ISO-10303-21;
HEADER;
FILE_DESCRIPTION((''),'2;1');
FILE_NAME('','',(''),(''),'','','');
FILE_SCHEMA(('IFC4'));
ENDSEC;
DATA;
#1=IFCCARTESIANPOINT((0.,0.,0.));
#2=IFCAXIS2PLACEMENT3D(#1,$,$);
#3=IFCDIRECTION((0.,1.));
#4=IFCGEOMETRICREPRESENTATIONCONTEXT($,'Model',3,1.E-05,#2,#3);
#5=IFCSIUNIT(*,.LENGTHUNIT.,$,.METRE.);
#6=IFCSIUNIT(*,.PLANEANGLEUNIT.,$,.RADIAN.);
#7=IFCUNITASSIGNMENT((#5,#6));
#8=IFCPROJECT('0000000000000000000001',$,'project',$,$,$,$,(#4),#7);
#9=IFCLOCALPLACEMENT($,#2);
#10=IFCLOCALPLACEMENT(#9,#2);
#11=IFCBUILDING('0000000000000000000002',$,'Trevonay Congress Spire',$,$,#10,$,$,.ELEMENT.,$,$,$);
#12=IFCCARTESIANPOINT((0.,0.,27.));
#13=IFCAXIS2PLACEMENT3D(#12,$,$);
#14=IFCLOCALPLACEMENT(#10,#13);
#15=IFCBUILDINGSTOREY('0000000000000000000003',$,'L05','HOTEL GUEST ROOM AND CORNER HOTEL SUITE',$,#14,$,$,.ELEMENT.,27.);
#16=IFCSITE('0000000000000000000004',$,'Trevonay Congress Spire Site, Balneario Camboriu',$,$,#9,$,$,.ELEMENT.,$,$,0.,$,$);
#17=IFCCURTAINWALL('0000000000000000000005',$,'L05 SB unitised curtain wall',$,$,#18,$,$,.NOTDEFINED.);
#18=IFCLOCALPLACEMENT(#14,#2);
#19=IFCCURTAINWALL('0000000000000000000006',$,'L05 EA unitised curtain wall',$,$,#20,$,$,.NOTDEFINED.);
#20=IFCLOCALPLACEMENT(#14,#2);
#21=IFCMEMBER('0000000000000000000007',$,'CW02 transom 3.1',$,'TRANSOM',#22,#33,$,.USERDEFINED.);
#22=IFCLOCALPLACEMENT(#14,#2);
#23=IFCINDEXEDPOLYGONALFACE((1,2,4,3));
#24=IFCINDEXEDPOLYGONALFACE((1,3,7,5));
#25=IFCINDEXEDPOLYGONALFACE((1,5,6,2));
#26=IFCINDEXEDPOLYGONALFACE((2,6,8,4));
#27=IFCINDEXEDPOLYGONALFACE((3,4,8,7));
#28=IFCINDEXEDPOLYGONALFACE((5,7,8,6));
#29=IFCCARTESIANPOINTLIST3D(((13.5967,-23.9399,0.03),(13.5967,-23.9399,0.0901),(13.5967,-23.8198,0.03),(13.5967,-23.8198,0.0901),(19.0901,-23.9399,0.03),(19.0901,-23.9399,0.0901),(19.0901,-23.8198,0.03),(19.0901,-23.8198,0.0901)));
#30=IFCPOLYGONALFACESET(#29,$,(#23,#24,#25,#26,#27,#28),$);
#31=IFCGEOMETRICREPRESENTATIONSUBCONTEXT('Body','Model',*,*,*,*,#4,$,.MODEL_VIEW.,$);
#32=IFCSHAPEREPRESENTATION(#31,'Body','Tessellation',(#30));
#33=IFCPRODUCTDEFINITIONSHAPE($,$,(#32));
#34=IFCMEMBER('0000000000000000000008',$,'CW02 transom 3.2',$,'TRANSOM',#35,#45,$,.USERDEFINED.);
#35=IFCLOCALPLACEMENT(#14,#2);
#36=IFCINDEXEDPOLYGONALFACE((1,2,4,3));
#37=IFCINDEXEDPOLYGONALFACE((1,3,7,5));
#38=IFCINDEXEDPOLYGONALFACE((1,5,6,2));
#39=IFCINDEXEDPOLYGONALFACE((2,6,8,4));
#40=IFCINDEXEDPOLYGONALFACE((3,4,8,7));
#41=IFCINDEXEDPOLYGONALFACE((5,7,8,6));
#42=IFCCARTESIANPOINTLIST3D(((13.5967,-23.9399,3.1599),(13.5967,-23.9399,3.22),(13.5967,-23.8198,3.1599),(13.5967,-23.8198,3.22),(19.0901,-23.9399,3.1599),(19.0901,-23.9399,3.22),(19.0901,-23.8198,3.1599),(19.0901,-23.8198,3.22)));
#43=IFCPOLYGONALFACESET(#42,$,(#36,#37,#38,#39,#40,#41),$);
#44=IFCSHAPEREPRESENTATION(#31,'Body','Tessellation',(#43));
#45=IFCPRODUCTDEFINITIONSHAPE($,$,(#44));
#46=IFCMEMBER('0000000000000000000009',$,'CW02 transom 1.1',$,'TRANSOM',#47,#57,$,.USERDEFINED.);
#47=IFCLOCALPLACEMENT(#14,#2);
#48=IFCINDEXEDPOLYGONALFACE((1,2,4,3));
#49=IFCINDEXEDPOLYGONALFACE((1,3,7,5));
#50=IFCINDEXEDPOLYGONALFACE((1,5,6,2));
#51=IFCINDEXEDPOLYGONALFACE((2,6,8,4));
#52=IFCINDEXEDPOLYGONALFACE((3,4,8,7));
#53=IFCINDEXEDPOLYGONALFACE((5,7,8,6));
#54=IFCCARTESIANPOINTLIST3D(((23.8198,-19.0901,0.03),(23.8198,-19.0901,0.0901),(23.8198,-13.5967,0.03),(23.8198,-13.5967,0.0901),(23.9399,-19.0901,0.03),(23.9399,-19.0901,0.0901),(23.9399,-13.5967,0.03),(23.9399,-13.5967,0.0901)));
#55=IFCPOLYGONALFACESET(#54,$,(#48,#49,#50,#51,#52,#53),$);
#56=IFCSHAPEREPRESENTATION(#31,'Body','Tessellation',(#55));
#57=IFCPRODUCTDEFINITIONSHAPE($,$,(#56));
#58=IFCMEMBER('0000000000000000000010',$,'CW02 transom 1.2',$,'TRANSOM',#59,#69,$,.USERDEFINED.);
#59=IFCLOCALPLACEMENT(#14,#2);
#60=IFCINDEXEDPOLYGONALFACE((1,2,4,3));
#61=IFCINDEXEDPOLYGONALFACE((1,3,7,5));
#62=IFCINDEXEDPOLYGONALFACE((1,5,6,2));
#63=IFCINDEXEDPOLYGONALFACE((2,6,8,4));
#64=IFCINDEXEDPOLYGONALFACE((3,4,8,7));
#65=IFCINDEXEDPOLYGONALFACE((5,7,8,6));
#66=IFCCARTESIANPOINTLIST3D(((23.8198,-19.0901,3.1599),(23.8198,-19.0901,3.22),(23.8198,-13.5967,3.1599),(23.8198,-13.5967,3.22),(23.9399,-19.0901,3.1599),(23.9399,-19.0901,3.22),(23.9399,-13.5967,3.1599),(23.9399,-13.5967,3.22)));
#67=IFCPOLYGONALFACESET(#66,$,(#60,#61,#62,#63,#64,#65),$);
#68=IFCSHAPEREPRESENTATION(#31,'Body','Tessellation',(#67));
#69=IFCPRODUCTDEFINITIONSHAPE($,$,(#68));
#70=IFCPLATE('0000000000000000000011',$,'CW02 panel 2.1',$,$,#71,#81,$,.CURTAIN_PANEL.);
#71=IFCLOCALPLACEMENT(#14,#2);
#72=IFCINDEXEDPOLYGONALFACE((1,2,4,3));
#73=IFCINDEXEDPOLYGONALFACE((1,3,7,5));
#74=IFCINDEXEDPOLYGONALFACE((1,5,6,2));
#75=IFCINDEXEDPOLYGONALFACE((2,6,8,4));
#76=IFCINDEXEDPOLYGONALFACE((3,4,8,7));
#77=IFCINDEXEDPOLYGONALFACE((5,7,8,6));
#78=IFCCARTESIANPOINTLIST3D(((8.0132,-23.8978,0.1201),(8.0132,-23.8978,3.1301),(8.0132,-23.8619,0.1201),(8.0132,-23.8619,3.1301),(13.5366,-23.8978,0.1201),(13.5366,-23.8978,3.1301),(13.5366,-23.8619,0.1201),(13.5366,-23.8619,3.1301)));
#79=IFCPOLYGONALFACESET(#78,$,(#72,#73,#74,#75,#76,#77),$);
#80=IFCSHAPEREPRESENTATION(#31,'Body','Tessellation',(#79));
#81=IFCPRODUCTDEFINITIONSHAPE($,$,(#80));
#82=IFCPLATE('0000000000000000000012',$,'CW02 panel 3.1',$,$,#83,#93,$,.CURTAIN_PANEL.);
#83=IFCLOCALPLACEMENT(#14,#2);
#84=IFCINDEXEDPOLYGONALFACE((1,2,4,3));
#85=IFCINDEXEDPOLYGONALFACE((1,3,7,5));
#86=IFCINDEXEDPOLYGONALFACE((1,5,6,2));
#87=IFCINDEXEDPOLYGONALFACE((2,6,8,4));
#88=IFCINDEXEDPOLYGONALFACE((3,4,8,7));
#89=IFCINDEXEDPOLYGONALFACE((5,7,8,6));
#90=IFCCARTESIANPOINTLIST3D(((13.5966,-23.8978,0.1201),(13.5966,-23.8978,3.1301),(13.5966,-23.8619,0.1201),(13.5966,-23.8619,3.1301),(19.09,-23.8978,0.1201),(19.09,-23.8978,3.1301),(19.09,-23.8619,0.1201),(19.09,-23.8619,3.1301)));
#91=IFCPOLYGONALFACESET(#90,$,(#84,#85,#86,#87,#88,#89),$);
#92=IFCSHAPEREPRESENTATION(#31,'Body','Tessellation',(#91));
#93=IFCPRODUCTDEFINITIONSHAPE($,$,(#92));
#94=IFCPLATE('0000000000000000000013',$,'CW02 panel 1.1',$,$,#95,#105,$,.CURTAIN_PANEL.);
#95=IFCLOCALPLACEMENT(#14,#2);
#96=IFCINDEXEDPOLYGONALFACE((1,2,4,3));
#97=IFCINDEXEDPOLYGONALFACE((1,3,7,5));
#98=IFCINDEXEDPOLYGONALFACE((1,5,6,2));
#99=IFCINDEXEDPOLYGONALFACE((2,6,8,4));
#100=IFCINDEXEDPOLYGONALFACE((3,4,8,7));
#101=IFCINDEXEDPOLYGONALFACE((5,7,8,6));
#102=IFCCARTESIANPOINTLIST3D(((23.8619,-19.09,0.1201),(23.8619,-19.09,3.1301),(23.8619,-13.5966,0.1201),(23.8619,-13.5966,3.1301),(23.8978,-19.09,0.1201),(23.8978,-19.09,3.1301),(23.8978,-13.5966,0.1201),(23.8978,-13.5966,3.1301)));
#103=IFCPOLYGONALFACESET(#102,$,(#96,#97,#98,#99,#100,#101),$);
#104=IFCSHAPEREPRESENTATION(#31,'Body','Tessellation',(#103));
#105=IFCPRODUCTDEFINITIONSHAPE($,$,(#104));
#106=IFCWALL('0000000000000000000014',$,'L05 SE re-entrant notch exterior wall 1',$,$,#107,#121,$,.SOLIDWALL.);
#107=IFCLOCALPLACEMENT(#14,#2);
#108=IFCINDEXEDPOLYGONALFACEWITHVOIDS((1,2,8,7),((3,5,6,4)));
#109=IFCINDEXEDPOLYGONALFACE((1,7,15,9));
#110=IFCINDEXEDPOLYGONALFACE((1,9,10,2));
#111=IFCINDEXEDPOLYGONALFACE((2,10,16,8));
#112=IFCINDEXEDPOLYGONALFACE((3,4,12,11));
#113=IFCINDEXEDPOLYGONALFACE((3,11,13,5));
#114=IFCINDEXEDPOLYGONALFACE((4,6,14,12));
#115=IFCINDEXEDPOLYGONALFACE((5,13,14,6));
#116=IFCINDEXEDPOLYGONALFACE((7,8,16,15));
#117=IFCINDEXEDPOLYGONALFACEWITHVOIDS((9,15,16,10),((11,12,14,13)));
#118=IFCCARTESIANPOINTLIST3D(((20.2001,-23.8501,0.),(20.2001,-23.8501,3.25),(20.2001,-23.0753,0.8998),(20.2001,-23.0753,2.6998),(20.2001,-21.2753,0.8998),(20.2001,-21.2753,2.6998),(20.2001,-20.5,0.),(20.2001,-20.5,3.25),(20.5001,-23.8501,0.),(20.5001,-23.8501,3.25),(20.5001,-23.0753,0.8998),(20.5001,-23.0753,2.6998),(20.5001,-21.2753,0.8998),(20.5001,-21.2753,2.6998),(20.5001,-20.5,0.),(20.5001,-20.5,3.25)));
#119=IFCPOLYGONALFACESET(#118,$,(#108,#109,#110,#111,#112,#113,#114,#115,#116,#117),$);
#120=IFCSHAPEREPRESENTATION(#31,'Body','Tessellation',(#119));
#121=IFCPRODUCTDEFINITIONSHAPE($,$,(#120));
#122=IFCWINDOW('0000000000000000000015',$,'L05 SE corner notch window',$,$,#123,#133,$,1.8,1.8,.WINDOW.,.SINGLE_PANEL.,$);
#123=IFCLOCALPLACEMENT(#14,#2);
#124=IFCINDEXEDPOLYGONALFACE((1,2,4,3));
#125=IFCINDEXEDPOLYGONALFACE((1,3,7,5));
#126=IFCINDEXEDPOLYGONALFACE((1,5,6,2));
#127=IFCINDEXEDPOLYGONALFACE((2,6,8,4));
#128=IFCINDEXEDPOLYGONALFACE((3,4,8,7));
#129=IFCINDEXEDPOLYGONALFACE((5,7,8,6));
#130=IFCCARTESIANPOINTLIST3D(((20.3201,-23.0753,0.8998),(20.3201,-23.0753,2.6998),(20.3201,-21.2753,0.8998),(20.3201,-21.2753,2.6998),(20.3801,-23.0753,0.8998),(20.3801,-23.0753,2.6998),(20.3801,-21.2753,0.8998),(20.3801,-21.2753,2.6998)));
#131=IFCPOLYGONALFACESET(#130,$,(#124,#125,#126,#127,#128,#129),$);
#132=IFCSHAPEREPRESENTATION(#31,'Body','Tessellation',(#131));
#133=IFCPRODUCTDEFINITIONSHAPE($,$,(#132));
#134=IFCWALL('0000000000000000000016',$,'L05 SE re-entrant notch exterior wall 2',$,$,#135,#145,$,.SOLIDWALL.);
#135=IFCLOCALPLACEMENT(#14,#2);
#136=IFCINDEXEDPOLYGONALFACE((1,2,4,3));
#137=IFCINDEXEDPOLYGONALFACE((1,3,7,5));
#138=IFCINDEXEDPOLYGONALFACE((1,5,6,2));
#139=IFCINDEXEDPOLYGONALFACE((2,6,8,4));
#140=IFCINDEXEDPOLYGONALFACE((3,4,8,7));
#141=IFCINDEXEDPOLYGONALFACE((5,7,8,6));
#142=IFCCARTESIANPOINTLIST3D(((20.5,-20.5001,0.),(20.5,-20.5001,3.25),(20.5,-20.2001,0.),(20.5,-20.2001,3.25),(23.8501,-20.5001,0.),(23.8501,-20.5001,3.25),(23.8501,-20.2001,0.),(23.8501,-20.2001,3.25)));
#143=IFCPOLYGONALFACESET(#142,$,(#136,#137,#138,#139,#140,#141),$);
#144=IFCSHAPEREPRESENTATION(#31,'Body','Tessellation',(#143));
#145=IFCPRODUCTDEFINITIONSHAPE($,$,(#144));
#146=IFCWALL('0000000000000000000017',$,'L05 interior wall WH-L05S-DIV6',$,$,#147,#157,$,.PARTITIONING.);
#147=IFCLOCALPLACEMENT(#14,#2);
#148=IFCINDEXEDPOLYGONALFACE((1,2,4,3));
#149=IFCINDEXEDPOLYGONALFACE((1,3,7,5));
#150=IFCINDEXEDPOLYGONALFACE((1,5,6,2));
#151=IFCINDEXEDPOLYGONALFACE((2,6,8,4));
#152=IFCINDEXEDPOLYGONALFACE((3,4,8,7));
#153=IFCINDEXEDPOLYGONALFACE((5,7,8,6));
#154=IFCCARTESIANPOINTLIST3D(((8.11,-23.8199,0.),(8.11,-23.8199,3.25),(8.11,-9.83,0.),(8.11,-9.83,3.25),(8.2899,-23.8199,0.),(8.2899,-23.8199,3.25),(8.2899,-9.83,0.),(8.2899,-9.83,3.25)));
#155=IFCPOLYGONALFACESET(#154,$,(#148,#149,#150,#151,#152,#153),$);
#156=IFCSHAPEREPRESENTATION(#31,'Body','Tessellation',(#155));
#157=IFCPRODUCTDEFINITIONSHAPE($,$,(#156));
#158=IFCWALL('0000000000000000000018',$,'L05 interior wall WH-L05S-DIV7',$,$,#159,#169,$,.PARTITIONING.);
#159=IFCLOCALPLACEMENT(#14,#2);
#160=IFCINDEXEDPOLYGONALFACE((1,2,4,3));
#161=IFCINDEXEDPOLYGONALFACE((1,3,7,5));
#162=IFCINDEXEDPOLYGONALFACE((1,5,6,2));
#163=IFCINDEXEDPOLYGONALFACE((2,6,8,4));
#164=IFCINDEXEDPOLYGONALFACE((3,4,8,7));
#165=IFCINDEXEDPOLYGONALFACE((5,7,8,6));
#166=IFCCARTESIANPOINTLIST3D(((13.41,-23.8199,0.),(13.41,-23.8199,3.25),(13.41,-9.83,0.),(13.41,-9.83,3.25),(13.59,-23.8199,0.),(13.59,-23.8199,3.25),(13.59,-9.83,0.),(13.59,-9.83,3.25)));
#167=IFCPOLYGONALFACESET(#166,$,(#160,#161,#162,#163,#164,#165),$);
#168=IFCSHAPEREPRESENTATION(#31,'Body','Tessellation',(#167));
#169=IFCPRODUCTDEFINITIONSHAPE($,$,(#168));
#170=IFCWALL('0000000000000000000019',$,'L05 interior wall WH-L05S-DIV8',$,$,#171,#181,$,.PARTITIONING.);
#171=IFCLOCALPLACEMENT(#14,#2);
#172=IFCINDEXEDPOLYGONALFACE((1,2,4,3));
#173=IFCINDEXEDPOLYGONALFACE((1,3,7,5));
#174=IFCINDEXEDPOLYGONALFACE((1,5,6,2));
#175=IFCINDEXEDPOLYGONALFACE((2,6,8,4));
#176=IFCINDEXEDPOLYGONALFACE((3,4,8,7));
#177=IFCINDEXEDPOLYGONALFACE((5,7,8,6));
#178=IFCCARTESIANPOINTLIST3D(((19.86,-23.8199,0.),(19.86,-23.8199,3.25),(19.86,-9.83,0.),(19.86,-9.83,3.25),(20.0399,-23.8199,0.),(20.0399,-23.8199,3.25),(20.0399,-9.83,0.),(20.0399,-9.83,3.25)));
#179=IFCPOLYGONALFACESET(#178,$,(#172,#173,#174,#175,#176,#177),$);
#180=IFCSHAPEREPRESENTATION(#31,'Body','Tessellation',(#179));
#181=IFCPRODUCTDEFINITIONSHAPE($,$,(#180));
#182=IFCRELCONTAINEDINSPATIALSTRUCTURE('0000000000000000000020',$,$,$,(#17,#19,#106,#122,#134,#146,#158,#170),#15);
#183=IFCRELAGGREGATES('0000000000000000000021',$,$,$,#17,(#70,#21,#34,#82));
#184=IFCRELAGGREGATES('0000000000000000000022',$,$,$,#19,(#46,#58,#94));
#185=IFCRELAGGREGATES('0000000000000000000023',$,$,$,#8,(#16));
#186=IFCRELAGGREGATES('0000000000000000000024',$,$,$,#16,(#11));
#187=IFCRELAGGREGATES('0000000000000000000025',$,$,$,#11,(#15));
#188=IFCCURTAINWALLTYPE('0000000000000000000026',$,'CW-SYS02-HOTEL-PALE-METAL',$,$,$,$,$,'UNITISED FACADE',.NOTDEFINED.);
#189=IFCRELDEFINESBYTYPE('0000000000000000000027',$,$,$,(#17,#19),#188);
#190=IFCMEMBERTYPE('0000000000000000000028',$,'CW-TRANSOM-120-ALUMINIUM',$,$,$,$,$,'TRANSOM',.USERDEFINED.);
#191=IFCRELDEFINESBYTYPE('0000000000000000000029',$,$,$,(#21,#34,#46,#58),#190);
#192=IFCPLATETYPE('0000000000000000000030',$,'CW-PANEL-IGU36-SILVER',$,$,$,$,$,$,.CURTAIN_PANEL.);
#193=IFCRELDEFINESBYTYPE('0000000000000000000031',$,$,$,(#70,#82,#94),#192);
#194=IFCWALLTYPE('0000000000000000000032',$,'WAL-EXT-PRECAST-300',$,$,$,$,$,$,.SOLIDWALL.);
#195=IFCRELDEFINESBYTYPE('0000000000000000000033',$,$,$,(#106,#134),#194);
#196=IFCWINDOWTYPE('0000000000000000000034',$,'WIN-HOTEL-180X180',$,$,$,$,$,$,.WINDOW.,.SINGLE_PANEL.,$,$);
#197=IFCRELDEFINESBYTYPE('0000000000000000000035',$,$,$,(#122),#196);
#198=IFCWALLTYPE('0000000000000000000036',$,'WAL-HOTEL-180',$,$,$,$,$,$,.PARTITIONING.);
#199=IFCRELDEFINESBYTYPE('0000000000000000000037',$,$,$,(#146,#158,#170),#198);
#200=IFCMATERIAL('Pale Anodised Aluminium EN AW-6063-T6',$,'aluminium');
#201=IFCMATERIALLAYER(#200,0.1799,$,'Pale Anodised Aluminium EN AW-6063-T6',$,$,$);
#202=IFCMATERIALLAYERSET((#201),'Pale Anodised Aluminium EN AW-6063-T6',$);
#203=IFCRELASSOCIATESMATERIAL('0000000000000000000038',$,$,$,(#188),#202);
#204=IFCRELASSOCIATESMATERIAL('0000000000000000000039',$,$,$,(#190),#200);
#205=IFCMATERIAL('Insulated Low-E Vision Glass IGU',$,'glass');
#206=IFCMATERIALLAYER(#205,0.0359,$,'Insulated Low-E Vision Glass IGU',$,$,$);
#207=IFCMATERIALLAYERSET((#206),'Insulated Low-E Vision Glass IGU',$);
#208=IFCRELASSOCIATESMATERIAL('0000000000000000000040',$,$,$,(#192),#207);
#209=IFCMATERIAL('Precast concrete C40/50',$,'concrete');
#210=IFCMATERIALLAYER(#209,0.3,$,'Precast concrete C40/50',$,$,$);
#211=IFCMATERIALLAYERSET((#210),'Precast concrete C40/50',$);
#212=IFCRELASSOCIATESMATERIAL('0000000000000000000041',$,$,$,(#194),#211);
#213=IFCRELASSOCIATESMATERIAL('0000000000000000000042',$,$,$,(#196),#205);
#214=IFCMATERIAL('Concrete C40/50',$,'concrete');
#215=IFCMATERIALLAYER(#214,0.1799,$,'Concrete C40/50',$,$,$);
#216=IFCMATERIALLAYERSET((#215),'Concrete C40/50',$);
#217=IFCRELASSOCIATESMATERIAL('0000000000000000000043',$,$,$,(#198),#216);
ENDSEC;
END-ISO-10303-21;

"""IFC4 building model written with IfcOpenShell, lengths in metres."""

from ifc_helpers import new_model, si_unit, direction, frame, frame_2d, origin, origin_2d, place, context, subcontext, project, spatial, rectangle, extrude, material, layer, layer_set, material_profile, profile_set, type_object, element, fill, aggregate, save


model = new_model("IFC4")

# Units and contexts
model_context = context("Model", 3, precision=1e-05, world=origin(), true_north=direction((0.0, 1.0)))
body_context = subcontext(model_context, "Body", "Model", "MODEL_VIEW")
ifc_project = project(units=[si_unit("LENGTHUNIT", "METRE"), si_unit("PLANEANGLEUNIT", "RADIAN")], contexts=[model_context])

# Site, building, storey
site_placement = place(None, origin())
site = spatial("IfcSite", under=ifc_project, at=site_placement, Name="Trevonay Congress Spire Site, Balneario Camboriu", CompositionType="ELEMENT", RefElevation=0.0)
building_placement = place(site_placement, origin())
building = spatial("IfcBuilding", under=site, at=building_placement, Name="Trevonay Congress Spire", CompositionType="ELEMENT")
storey_placement = place(building_placement, frame((0.0, 0.0, 27.0)))
storey = spatial("IfcBuildingStorey", under=building, at=storey_placement, Name="L05", Description="HOTEL GUEST ROOM AND CORNER HOTEL SUITE", CompositionType="ELEMENT", Elevation=27.0)

# Curtain wall
ifc_material_1 = material(Name="Pale Anodised Aluminium EN AW-6063-T6", Category="aluminium")
ifc_layer_1 = layer(ifc_material_1, 0.1799, Name="Pale Anodised Aluminium EN AW-6063-T6")
ifc_layer_set_1 = layer_set([ifc_layer_1], Name="Pale Anodised Aluminium EN AW-6063-T6")
curtain_wall_type = type_object("IfcCurtainWallType", Name="CW-SYS02-HOTEL-PALE-METAL", ElementType="UNITISED FACADE", PredefinedType="NOTDEFINED", material=ifc_layer_set_1)
curtain_wall_1_placement = place(storey_placement, origin())
curtain_wall_1 = element("IfcCurtainWall", 1, at=curtain_wall_1_placement, inside=storey, type_object=curtain_wall_type, Name="L05 SB unitised curtain wall", PredefinedType="NOTDEFINED")

# Curtain wall
curtain_wall_2_placement = place(storey_placement, origin())
curtain_wall_2 = element("IfcCurtainWall", 2, at=curtain_wall_2_placement, inside=storey, type_object=curtain_wall_type, Name="L05 EA unitised curtain wall", PredefinedType="NOTDEFINED")

# Members
ifc_material_profile_1 = material_profile(ifc_material_1, rectangle(XDim=0.1201, YDim=0.0601, at=origin_2d()), Name="CW-TRANSOM-120-ALUMINIUM")
ifc_profile_set_1 = profile_set([ifc_material_profile_1], Name="Pale Anodised Aluminium EN AW-6063-T6")
member_type_1 = type_object("IfcMemberType", Name="CW-TRANSOM-120-ALUMINIUM", ElementType="TRANSOM", PredefinedType="USERDEFINED", material=ifc_profile_set_1)
member_1_placement = place(storey_placement, frame((13.5967, -23.8799, 0.0601), z_axis=(1.0, 0.0, 0.0), x_axis=(0.0, 1.0, 0.0)))
member_1 = element("IfcMember", 3, at=member_1_placement, type_object=member_type_1, Name="CW02 transom 3.1", ObjectType="TRANSOM", PredefinedType="USERDEFINED", context=body_context, shape_type="SweptSolid", body=[
    extrude(rectangle(XDim=0.1201, YDim=0.0601, at=origin_2d()), origin(), (0.0, 0.0, 1.0), 5.4934),
])
member_2_placement = place(storey_placement, frame((13.5967, -23.8799, 3.1899), z_axis=(1.0, 0.0, 0.0), x_axis=(0.0, 1.0, 0.0)))
member_2 = element("IfcMember", 4, at=member_2_placement, type_object=member_type_1, Name="CW02 transom 3.2", ObjectType="TRANSOM", PredefinedType="USERDEFINED", context=body_context, shape_type="SweptSolid", body=[
    extrude(rectangle(XDim=0.1201, YDim=0.0601, at=origin_2d()), origin(), (0.0, 0.0, 1.0), 5.4934),
])
member_3_placement = place(storey_placement, frame((23.8799, -19.0901, 0.0601), z_axis=(0.0, 1.0, 0.0), x_axis=(-1.0, 0.0, 0.0)))
member_3 = element("IfcMember", 5, at=member_3_placement, type_object=member_type_1, Name="CW02 transom 1.1", ObjectType="TRANSOM", PredefinedType="USERDEFINED", context=body_context, shape_type="SweptSolid", body=[
    extrude(rectangle(XDim=0.1201, YDim=0.0601, at=origin_2d()), origin(), (0.0, 0.0, 1.0), 5.4934),
])
member_4_placement = place(storey_placement, frame((23.8799, -19.0901, 3.1899), z_axis=(0.0, 1.0, 0.0), x_axis=(-1.0, 0.0, 0.0)))
member_4 = element("IfcMember", 6, at=member_4_placement, type_object=member_type_1, Name="CW02 transom 1.2", ObjectType="TRANSOM", PredefinedType="USERDEFINED", context=body_context, shape_type="SweptSolid", body=[
    extrude(rectangle(XDim=0.1201, YDim=0.0601, at=origin_2d()), origin(), (0.0, 0.0, 1.0), 5.4934),
])

# Plates
ifc_material_2 = material(Name="Insulated Low-E Vision Glass IGU", Category="glass")
ifc_layer_2 = layer(ifc_material_2, 0.0359, Name="Insulated Low-E Vision Glass IGU")
ifc_layer_set_2 = layer_set([ifc_layer_2], Name="Insulated Low-E Vision Glass IGU")
plate_type = type_object("IfcPlateType", Name="CW-PANEL-IGU36-SILVER", PredefinedType="CURTAIN_PANEL", material=ifc_layer_set_2)
plate_1_placement = place(storey_placement, frame((10.7749, -23.8799, 0.1201), z_axis=(0.0, 0.0, 1.0), x_axis=(1.0, 0.0, 0.0)))
plate_1 = element("IfcPlate", 7, at=plate_1_placement, type_object=plate_type, Name="CW02 panel 2.1", PredefinedType="CURTAIN_PANEL", context=body_context, shape_type="SweptSolid", body=[
    extrude(rectangle(XDim=5.5234, YDim=0.0359, at=origin_2d()), origin(), (0.0, 0.0, 1.0), 3.01),
])
plate_2_placement = place(storey_placement, frame((16.3433, -23.8799, 0.1201), z_axis=(0.0, 0.0, 1.0), x_axis=(1.0, 0.0, 0.0)))
plate_2 = element("IfcPlate", 8, at=plate_2_placement, type_object=plate_type, Name="CW02 panel 3.1", PredefinedType="CURTAIN_PANEL", context=body_context, shape_type="SweptSolid", body=[
    extrude(rectangle(XDim=5.4934, YDim=0.0359, at=origin_2d()), origin(), (0.0, 0.0, 1.0), 3.01),
])
aggregate(curtain_wall_1, [plate_1, member_1, member_2, plate_2])
plate_3_placement = place(storey_placement, frame((23.8799, -16.3433, 0.1201), z_axis=(0.0, 0.0, 1.0), x_axis=(0.0, 1.0, 0.0)))
plate_3 = element("IfcPlate", 9, at=plate_3_placement, type_object=plate_type, Name="CW02 panel 1.1", PredefinedType="CURTAIN_PANEL", context=body_context, shape_type="SweptSolid", body=[
    extrude(rectangle(XDim=5.4934, YDim=0.0359, at=origin_2d()), origin(), (0.0, 0.0, 1.0), 3.01),
])
aggregate(curtain_wall_2, [member_3, member_4, plate_3])

# Wall, opening, window
ifc_material_3 = material(Name="Precast concrete C40/50", Category="concrete")
ifc_layer_3 = layer(ifc_material_3, 0.3, Name="Precast concrete C40/50")
ifc_layer_set_3 = layer_set([ifc_layer_3], Name="Precast concrete C40/50")
wall_type_1 = type_object("IfcWallType", Name="WAL-EXT-PRECAST-300", PredefinedType="SOLIDWALL", material=ifc_layer_set_3)
wall_1_placement = place(storey_placement, frame((20.3501, -23.8501, 0.0), z_axis=(0.0, 0.0, 1.0), x_axis=(0.0, 1.0, 0.0)))
wall_1 = element("IfcWall", 10, at=wall_1_placement, inside=storey, type_object=wall_type_1, Name="L05 SE re-entrant notch exterior wall 1", PredefinedType="SOLIDWALL", context=body_context, shape_type="SweptSolid", body=[
    extrude(rectangle(XDim=3.3501, YDim=0.3, at=frame_2d((1.675, 0.0))), origin(), (0.0, 0.0, 1.0), 3.25),
])
opening_placement = place(wall_1_placement, frame((0.7749, 0.0, 0.8999)))
opening = element("IfcOpeningElement", 11, at=opening_placement, cuts=wall_1, PredefinedType="OPENING", context=body_context, shape_type="SweptSolid", body=[
    extrude(rectangle(XDim=1.8, YDim=1.8, at=frame_2d((0.8999, 0.8999))), frame((0.0, 0.1602, 0.0), z_axis=(0.0, -1.0, 0.0), x_axis=(1.0, 0.0, 0.0)), (0.0, 0.0, 1.0), 0.3201),
])
window_type = type_object("IfcWindowType", Name="WIN-HOTEL-180X180", PartitioningType="SINGLE_PANEL", PredefinedType="WINDOW", material=ifc_material_2)
window_placement = place(opening_placement, origin())
window = element("IfcWindow", 12, at=window_placement, inside=storey, type_object=window_type, Name="L05 SE corner notch window", OverallHeight=1.8, OverallWidth=1.8, PartitioningType="SINGLE_PANEL", PredefinedType="WINDOW", context=body_context, shape_type="SweptSolid", body=[
    extrude(rectangle(XDim=1.8, YDim=1.8, at=frame_2d((0.8999, 0.8999))), frame((0.0, 0.03, 0.0), z_axis=(0.0, -1.0, 0.0), x_axis=(1.0, 0.0, 0.0)), (0.0, 0.0, 1.0), 0.0601),
])
fill(opening, window)

# Walls
wall_2_placement = place(storey_placement, frame((23.8501, -20.3501, 0.0), z_axis=(0.0, 0.0, 1.0), x_axis=(-1.0, 0.0, 0.0)))
element("IfcWall", 13, at=wall_2_placement, inside=storey, type_object=wall_type_1, Name="L05 SE re-entrant notch exterior wall 2", PredefinedType="SOLIDWALL", context=body_context, shape_type="SweptSolid", body=[
    extrude(rectangle(XDim=3.3501, YDim=0.3, at=frame_2d((1.675, 0.0))), origin(), (0.0, 0.0, 1.0), 3.25),
])
ifc_material_4 = material(Name="Concrete C40/50", Category="concrete")
ifc_layer_4 = layer(ifc_material_4, 0.1799, Name="Concrete C40/50")
ifc_layer_set_4 = layer_set([ifc_layer_4], Name="Concrete C40/50")
wall_type_2 = type_object("IfcWallType", Name="WAL-HOTEL-180", PredefinedType="PARTITIONING", material=ifc_layer_set_4)
for number, where, z_axis, x_axis, name in (
    (14, (8.2, -23.8201, 0.0), (0.0, 0.0, 1.0), (0.0, 1.0, 0.0), "L05 interior wall WH-L05S-DIV6"),
    (15, (13.5, -23.8201, 0.0), (0.0, 0.0, 1.0), (0.0, 1.0, 0.0), "L05 interior wall WH-L05S-DIV7"),
    (16, (19.95, -23.8201, 0.0), (0.0, 0.0, 1.0), (0.0, 1.0, 0.0), "L05 interior wall WH-L05S-DIV8"),
):
    element("IfcWall", number, at=place(storey_placement, frame(where, z_axis=z_axis, x_axis=x_axis)), inside=storey, type_object=wall_type_2, Name=name, PredefinedType="PARTITIONING", context=body_context, shape_type="SweptSolid", body=[
        extrude(rectangle(XDim=13.99, YDim=0.1799, at=frame_2d((6.9951, 0.0))), origin(), (0.0, 0.0, 1.0), 3.25),
    ])

save(model, "model.ifc")
